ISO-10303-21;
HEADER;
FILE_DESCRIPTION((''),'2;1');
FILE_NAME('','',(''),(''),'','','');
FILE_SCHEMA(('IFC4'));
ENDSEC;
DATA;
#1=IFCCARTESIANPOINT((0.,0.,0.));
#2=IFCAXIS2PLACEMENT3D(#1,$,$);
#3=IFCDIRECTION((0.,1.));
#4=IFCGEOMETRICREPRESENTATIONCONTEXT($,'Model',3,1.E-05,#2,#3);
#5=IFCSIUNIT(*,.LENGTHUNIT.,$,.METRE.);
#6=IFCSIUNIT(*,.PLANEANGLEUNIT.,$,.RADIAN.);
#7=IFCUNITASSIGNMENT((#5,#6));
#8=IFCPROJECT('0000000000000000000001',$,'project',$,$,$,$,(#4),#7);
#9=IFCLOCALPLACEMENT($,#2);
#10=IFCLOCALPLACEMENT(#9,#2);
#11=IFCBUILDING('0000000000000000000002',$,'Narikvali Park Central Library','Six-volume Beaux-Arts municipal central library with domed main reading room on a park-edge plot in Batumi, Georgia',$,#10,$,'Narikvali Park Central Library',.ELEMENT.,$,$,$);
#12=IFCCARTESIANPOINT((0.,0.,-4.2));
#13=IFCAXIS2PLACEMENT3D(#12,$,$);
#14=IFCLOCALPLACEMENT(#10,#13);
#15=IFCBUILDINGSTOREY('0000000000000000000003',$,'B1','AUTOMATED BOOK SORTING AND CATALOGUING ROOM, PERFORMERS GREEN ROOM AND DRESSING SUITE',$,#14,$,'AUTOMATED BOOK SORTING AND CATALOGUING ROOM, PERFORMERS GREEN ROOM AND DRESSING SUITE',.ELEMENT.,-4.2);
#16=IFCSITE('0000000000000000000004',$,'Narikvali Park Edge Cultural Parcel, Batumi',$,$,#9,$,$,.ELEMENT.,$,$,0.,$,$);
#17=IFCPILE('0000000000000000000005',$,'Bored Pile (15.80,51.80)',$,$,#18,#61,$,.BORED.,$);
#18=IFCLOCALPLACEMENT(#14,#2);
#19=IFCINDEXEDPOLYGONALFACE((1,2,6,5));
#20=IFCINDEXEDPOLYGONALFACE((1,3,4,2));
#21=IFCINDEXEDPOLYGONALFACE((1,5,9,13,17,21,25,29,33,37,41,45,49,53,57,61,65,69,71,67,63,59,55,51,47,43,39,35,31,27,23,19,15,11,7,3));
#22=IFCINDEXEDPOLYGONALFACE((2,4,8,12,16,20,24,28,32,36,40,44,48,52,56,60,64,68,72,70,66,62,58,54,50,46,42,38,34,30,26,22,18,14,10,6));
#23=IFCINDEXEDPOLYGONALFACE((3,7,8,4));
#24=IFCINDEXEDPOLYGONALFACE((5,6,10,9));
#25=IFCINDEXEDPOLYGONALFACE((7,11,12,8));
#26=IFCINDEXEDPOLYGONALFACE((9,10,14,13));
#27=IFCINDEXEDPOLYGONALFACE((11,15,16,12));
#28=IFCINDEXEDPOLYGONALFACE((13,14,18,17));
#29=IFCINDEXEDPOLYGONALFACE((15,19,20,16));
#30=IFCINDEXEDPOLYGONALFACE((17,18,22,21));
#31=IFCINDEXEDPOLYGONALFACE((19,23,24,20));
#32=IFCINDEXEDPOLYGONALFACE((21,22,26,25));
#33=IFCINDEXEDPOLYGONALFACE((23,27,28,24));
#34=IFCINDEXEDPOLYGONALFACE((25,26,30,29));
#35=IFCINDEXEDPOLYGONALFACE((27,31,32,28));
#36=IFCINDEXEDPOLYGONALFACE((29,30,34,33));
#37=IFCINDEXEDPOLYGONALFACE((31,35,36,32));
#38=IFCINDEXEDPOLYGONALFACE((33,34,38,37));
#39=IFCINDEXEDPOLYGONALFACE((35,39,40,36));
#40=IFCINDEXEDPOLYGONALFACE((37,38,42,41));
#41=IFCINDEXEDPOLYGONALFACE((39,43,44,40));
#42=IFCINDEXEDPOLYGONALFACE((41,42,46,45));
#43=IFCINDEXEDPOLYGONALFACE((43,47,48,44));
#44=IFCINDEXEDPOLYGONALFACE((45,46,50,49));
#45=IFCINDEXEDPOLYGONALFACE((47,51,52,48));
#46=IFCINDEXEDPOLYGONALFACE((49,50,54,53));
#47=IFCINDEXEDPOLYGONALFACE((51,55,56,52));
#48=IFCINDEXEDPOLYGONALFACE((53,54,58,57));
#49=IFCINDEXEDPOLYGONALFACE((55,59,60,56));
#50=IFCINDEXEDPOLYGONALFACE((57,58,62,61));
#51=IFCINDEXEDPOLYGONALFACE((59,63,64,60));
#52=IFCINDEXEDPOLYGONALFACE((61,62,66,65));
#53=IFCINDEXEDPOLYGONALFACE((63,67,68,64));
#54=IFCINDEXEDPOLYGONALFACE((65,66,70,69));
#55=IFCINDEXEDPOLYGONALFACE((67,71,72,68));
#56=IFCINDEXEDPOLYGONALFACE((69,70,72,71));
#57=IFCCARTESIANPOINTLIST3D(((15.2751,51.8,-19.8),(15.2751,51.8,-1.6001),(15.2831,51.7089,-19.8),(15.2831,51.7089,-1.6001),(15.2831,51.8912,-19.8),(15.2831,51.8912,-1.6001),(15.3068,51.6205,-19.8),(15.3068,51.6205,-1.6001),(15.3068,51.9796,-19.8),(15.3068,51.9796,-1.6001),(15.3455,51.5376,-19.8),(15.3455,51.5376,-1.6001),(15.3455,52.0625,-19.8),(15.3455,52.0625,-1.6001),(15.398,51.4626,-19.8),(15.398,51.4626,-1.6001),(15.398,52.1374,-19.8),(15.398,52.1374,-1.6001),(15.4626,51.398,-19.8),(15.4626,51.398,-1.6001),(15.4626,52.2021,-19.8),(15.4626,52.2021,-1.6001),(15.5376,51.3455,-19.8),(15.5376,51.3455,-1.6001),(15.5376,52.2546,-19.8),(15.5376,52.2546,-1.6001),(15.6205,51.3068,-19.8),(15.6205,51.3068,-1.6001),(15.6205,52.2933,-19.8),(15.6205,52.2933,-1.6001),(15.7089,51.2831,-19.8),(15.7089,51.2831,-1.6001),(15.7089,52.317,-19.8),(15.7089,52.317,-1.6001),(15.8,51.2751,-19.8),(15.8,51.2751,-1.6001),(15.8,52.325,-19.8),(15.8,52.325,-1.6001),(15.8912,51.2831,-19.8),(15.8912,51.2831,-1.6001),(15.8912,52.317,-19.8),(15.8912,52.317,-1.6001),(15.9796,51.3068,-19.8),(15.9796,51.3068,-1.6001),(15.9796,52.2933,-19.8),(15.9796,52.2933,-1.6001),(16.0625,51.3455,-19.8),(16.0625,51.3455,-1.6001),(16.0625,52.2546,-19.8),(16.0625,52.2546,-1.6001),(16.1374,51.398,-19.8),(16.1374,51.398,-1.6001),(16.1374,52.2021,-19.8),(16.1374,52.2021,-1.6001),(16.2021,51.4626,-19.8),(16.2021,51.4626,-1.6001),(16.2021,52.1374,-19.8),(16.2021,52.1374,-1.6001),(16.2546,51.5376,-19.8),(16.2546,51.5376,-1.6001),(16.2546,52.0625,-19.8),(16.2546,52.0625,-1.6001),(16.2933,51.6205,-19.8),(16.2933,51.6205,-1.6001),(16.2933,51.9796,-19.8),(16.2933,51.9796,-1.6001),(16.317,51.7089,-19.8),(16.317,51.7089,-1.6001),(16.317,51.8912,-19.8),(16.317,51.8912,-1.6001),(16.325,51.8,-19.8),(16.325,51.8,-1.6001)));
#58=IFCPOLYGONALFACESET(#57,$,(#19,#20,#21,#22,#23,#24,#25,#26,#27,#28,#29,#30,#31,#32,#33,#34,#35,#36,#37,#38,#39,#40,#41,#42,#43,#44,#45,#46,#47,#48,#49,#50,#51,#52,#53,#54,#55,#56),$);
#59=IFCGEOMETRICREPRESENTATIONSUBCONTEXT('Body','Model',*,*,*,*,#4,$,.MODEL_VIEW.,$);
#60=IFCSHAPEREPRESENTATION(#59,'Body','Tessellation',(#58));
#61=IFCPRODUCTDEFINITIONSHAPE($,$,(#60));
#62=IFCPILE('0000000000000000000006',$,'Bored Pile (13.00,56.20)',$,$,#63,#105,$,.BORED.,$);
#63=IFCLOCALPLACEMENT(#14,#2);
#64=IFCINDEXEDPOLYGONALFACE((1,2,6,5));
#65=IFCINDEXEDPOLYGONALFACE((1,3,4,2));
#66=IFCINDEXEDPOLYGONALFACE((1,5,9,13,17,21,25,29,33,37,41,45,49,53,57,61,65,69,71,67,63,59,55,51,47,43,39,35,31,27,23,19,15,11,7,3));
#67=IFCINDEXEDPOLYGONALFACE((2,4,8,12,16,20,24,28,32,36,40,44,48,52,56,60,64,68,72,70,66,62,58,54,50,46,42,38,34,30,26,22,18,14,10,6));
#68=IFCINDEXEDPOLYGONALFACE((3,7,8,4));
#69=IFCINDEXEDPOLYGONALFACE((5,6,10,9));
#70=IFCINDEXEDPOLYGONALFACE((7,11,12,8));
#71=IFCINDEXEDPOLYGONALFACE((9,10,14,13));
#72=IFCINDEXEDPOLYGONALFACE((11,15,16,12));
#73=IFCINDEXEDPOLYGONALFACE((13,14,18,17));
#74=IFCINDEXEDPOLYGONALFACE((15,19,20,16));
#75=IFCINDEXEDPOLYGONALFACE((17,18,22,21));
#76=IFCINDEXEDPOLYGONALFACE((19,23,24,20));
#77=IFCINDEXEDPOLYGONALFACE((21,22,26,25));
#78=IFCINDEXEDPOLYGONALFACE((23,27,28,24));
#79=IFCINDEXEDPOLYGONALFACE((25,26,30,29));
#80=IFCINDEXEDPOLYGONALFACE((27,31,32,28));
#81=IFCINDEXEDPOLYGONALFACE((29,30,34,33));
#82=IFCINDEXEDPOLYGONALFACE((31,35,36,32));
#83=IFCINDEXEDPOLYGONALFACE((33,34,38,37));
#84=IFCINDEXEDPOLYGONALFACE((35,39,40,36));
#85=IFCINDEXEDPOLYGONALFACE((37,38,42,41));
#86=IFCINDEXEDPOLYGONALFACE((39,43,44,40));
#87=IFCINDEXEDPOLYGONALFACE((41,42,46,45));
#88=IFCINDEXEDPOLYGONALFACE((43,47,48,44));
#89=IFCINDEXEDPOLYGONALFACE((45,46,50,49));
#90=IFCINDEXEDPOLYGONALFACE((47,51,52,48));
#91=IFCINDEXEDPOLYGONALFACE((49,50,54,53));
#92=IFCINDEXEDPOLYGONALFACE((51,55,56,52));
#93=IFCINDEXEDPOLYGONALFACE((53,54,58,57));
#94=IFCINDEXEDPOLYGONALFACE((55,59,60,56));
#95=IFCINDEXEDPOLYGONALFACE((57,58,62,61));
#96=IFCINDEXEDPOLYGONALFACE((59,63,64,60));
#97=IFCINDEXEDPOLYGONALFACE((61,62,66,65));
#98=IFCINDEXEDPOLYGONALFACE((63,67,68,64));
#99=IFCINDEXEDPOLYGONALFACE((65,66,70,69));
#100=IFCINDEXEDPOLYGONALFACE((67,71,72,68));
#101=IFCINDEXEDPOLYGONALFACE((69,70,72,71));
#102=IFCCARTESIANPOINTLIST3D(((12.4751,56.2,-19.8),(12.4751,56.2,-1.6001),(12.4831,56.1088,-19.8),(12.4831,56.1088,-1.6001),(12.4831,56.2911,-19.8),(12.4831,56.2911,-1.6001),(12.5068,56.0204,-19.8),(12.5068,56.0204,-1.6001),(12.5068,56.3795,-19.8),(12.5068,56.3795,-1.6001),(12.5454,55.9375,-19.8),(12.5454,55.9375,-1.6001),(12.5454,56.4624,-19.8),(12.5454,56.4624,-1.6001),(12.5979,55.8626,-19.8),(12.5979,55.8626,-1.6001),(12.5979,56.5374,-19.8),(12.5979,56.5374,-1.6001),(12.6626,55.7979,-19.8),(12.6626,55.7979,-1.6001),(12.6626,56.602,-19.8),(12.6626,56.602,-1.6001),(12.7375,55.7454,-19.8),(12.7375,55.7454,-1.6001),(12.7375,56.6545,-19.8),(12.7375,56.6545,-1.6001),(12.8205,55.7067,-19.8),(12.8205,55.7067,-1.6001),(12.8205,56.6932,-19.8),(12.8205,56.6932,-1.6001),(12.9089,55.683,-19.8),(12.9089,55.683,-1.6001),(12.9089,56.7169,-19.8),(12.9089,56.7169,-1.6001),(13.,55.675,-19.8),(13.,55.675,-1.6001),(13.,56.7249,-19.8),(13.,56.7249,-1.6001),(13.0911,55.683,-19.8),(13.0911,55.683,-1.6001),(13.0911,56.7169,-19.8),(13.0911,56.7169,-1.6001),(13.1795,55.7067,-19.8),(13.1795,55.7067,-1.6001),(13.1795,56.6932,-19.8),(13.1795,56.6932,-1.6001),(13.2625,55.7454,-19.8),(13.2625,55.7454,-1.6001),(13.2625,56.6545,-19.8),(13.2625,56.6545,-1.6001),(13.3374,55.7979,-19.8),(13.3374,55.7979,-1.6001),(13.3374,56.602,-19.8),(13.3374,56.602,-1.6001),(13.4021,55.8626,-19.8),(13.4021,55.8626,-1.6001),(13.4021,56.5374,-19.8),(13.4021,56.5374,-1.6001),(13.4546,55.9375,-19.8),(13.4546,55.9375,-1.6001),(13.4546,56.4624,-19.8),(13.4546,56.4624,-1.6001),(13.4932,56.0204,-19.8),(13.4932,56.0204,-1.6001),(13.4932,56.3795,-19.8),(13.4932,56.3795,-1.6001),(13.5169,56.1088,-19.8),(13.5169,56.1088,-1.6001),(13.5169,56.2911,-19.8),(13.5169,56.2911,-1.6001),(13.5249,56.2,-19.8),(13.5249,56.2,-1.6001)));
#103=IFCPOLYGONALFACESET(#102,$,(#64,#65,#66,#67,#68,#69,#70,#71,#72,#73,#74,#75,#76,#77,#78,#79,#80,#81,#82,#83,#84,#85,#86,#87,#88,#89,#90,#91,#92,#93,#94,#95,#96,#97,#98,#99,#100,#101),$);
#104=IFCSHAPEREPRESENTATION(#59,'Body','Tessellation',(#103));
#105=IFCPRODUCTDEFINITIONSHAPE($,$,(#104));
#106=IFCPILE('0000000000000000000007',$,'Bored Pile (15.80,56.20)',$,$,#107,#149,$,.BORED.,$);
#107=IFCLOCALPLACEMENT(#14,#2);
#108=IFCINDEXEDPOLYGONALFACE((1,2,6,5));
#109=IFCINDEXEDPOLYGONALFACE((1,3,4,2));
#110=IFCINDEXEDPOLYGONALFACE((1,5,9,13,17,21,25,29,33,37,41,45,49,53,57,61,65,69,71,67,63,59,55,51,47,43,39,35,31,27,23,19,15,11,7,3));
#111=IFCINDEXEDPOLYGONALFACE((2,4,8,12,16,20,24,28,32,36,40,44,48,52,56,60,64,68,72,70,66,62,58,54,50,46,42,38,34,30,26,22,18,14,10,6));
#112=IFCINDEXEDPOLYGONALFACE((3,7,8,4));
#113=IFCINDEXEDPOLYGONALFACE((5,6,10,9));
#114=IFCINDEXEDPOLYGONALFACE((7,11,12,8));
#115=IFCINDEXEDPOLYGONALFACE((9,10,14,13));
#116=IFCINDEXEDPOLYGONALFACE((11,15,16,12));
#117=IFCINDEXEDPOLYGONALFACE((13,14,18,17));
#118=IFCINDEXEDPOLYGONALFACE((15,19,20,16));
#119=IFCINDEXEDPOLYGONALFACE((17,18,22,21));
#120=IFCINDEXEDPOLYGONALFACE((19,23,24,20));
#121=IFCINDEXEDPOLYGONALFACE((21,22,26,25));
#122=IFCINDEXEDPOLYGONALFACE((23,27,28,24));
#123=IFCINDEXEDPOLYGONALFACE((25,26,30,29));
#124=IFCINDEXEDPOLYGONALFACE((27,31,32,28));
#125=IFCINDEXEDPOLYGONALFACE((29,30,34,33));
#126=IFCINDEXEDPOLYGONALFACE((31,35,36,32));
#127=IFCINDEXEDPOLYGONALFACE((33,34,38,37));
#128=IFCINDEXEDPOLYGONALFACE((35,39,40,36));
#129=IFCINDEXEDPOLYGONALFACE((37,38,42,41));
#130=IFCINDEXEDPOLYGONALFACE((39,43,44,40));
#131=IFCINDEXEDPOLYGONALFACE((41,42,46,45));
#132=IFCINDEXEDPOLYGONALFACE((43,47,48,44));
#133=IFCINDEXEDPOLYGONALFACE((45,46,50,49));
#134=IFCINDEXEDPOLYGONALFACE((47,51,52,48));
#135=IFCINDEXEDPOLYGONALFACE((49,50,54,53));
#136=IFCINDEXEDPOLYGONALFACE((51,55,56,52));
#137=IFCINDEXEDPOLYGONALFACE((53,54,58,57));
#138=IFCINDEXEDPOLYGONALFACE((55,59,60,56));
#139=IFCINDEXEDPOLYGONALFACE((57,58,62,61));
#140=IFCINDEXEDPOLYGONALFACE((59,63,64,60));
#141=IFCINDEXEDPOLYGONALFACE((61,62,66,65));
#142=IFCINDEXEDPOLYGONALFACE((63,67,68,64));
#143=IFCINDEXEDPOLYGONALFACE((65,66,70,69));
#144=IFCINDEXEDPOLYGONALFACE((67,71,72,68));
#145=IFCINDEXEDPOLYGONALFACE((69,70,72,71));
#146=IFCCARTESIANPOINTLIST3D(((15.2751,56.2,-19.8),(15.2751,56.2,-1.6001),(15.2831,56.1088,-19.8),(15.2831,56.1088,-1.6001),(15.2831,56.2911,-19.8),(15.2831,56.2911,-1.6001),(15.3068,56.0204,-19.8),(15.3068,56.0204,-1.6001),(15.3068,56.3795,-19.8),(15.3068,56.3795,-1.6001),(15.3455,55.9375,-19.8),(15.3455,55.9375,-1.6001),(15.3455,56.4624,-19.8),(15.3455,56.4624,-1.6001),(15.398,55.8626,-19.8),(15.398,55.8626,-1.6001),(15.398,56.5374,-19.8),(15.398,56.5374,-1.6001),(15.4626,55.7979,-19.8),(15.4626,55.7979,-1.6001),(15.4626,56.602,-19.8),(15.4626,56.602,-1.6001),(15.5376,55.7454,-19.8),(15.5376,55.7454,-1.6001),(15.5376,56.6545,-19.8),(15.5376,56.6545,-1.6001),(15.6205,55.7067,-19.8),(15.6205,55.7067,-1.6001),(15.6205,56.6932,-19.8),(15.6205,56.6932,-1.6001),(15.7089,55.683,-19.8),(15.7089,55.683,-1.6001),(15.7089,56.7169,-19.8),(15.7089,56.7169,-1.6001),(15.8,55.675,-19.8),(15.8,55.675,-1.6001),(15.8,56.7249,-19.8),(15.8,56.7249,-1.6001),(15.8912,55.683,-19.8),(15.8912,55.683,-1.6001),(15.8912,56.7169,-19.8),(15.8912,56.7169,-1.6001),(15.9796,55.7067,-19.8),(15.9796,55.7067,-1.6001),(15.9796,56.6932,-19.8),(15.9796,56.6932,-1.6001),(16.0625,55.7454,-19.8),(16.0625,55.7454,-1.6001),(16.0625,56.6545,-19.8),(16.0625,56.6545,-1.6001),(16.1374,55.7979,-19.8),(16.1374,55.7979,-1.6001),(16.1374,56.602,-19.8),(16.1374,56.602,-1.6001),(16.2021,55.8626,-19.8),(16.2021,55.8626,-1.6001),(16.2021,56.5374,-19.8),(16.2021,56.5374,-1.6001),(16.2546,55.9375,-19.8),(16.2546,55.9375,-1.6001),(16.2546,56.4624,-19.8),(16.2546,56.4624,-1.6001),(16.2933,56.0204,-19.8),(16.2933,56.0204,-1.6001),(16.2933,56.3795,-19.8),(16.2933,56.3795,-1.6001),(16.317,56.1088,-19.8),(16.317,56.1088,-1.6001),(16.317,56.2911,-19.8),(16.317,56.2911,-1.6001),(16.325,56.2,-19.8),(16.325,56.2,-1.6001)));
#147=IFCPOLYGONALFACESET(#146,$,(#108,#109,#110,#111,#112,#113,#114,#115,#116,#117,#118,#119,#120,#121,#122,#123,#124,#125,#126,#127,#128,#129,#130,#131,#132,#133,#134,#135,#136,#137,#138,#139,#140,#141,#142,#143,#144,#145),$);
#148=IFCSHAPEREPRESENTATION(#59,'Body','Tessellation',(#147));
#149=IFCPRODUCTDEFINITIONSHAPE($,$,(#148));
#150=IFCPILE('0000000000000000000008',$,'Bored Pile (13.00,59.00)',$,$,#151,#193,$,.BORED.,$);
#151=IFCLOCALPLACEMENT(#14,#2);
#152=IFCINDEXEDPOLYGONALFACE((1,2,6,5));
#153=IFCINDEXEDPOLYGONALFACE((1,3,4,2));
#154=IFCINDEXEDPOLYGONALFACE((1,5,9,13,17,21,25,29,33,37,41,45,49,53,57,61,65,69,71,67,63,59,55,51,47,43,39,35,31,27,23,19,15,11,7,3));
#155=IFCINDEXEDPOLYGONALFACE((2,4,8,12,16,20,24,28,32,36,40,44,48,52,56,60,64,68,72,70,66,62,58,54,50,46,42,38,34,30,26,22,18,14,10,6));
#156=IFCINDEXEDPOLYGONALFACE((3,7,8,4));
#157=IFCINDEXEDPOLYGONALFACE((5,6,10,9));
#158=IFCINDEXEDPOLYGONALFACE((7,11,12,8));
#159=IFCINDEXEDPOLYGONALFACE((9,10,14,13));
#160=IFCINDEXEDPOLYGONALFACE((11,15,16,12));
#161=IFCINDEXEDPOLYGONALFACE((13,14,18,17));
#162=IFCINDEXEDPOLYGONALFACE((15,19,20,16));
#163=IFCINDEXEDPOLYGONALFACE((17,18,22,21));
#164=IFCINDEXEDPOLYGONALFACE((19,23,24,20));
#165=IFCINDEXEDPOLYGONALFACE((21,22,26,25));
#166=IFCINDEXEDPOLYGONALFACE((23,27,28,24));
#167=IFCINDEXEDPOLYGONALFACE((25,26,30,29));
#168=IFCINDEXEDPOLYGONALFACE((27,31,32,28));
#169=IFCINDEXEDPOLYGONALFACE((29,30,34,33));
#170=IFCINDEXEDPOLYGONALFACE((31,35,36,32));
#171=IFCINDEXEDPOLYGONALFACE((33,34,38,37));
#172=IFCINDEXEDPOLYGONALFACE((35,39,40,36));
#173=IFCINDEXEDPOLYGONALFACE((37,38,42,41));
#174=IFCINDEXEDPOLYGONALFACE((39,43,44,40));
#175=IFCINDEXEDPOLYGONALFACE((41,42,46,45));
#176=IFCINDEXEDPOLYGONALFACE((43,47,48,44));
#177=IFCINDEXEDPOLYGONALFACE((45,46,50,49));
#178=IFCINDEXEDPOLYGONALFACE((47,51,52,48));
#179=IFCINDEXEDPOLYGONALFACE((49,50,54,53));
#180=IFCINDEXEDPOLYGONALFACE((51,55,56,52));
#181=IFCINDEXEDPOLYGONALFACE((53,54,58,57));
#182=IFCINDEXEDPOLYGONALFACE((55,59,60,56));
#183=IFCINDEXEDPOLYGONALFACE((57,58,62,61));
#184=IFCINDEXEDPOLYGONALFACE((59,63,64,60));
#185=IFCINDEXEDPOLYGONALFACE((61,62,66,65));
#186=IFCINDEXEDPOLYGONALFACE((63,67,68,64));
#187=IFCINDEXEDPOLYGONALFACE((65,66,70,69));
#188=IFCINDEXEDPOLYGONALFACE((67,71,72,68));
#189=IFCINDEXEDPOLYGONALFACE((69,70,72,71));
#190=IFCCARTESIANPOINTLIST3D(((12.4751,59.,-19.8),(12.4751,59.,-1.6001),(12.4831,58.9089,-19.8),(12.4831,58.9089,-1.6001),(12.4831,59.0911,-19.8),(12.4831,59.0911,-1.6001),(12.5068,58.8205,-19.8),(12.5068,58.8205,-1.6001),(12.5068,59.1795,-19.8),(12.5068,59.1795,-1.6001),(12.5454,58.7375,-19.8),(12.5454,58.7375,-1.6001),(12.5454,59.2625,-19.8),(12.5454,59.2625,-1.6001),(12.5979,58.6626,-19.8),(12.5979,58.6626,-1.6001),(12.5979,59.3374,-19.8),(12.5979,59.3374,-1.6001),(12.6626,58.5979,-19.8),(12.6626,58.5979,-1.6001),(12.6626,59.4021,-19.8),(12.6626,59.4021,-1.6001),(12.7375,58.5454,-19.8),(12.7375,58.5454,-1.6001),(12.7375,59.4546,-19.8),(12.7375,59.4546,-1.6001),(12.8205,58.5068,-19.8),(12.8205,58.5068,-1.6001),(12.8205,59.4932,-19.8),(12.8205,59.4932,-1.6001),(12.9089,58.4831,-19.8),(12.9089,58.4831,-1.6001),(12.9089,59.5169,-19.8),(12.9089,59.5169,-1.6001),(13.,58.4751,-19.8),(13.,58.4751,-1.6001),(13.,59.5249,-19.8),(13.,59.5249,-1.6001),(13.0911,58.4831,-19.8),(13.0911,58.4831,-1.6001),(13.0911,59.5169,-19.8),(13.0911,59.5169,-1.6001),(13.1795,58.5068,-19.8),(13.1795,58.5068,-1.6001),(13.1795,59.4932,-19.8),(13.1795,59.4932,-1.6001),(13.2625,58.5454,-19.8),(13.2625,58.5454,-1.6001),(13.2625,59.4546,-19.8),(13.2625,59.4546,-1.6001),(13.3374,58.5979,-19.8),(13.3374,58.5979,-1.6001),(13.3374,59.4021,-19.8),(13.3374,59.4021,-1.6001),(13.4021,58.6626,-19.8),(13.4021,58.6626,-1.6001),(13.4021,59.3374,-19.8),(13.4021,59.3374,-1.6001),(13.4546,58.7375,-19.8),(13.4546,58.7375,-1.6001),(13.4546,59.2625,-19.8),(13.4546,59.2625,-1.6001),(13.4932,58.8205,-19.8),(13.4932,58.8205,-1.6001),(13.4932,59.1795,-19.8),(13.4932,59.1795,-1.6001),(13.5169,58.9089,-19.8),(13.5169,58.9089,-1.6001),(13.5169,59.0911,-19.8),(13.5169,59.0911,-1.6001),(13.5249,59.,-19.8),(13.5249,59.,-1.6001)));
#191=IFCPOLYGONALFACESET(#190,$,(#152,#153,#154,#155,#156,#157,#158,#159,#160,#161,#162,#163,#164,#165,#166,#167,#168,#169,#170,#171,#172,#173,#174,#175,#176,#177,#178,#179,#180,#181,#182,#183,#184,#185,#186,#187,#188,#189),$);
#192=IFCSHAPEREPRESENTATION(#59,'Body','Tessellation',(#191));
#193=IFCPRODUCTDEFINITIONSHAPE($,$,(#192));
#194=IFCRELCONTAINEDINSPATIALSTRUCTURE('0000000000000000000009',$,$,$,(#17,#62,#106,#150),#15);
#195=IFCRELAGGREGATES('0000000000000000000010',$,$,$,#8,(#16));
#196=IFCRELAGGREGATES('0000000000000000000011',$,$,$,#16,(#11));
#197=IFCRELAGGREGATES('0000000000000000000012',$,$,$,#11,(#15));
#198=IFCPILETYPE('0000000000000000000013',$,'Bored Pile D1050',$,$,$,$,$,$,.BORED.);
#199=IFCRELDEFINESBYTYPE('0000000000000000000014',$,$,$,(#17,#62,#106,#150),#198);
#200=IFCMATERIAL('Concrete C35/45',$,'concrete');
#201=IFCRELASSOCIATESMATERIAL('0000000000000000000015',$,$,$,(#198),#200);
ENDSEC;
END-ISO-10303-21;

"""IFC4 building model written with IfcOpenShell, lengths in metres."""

from ifc_helpers import new_model, si_unit, direction, frame, origin, origin_2d, place, context, subcontext, project, spatial, circle, extrude, material, material_profile, profile_set, type_object, element, save


model = new_model("IFC4")

# Units and contexts
model_context = context("Model", 3, precision=1e-05, world=origin(), true_north=direction((0.0, 1.0)))
body_context = subcontext(model_context, "Body", "Model", "MODEL_VIEW")
ifc_project = project(units=[si_unit("LENGTHUNIT", "METRE"), si_unit("PLANEANGLEUNIT", "RADIAN")], contexts=[model_context])

# Site, building, storey
site_placement = place(None, origin())
site = spatial("IfcSite", under=ifc_project, at=site_placement, Name="Narikvali Park Edge Cultural Parcel, Batumi", CompositionType="ELEMENT", RefElevation=0.0)
building_placement = place(site_placement, origin())
building = spatial("IfcBuilding", under=site, at=building_placement, Name="Narikvali Park Central Library", Description="Six-volume Beaux-Arts municipal central library with domed main reading room on a park-edge plot in Batumi, Georgia", LongName="Narikvali Park Central Library", CompositionType="ELEMENT")
storey_placement = place(building_placement, frame((0.0, 0.0, -4.2)))
storey = spatial("IfcBuildingStorey", under=building, at=storey_placement, Name="B1", Description="AUTOMATED BOOK SORTING AND CATALOGUING ROOM, PERFORMERS GREEN ROOM AND DRESSING SUITE", LongName="AUTOMATED BOOK SORTING AND CATALOGUING ROOM, PERFORMERS GREEN ROOM AND DRESSING SUITE", CompositionType="ELEMENT", Elevation=-4.2)

# Piles
ifc_material_1 = material(Name="Concrete C35/45", Category="concrete")
ifc_material_profile_1 = material_profile(ifc_material_1, circle(Radius=0.5249, at=origin_2d()), Name="PILE D1050")
ifc_profile_set_1 = profile_set([ifc_material_profile_1], Name="Concrete C35/45")
pile_type_1 = type_object("IfcPileType", Name="Bored Pile D1050", PredefinedType="BORED", material=ifc_profile_set_1)
for number, where, z_axis, x_axis, name in (
    (1, (15.8, 51.8, -1.6001), (0.0, 0.0, -1.0), (1.0, 0.0, 0.0), "Bored Pile (15.80,51.80)"),
    (2, (13.0, 56.2, -1.6001), (0.0, 0.0, -1.0), (1.0, 0.0, 0.0), "Bored Pile (13.00,56.20)"),
    (3, (15.8, 56.2, -1.6001), (0.0, 0.0, -1.0), (1.0, 0.0, 0.0), "Bored Pile (15.80,56.20)"),
    (4, (13.0, 59.0, -1.6001), (0.0, 0.0, -1.0), (1.0, 0.0, 0.0), "Bored Pile (13.00,59.00)"),
):
    element("IfcPile", number, at=place(storey_placement, frame(where, z_axis=z_axis, x_axis=x_axis)), inside=storey, type_object=pile_type_1, Name=name, PredefinedType="BORED", context=body_context, shape_type="SweptSolid", body=[
        extrude(circle(Radius=0.5249, at=origin_2d()), origin(), (0.0, 0.0, 1.0), 18.2),
    ])

save(model, "model.ifc")
